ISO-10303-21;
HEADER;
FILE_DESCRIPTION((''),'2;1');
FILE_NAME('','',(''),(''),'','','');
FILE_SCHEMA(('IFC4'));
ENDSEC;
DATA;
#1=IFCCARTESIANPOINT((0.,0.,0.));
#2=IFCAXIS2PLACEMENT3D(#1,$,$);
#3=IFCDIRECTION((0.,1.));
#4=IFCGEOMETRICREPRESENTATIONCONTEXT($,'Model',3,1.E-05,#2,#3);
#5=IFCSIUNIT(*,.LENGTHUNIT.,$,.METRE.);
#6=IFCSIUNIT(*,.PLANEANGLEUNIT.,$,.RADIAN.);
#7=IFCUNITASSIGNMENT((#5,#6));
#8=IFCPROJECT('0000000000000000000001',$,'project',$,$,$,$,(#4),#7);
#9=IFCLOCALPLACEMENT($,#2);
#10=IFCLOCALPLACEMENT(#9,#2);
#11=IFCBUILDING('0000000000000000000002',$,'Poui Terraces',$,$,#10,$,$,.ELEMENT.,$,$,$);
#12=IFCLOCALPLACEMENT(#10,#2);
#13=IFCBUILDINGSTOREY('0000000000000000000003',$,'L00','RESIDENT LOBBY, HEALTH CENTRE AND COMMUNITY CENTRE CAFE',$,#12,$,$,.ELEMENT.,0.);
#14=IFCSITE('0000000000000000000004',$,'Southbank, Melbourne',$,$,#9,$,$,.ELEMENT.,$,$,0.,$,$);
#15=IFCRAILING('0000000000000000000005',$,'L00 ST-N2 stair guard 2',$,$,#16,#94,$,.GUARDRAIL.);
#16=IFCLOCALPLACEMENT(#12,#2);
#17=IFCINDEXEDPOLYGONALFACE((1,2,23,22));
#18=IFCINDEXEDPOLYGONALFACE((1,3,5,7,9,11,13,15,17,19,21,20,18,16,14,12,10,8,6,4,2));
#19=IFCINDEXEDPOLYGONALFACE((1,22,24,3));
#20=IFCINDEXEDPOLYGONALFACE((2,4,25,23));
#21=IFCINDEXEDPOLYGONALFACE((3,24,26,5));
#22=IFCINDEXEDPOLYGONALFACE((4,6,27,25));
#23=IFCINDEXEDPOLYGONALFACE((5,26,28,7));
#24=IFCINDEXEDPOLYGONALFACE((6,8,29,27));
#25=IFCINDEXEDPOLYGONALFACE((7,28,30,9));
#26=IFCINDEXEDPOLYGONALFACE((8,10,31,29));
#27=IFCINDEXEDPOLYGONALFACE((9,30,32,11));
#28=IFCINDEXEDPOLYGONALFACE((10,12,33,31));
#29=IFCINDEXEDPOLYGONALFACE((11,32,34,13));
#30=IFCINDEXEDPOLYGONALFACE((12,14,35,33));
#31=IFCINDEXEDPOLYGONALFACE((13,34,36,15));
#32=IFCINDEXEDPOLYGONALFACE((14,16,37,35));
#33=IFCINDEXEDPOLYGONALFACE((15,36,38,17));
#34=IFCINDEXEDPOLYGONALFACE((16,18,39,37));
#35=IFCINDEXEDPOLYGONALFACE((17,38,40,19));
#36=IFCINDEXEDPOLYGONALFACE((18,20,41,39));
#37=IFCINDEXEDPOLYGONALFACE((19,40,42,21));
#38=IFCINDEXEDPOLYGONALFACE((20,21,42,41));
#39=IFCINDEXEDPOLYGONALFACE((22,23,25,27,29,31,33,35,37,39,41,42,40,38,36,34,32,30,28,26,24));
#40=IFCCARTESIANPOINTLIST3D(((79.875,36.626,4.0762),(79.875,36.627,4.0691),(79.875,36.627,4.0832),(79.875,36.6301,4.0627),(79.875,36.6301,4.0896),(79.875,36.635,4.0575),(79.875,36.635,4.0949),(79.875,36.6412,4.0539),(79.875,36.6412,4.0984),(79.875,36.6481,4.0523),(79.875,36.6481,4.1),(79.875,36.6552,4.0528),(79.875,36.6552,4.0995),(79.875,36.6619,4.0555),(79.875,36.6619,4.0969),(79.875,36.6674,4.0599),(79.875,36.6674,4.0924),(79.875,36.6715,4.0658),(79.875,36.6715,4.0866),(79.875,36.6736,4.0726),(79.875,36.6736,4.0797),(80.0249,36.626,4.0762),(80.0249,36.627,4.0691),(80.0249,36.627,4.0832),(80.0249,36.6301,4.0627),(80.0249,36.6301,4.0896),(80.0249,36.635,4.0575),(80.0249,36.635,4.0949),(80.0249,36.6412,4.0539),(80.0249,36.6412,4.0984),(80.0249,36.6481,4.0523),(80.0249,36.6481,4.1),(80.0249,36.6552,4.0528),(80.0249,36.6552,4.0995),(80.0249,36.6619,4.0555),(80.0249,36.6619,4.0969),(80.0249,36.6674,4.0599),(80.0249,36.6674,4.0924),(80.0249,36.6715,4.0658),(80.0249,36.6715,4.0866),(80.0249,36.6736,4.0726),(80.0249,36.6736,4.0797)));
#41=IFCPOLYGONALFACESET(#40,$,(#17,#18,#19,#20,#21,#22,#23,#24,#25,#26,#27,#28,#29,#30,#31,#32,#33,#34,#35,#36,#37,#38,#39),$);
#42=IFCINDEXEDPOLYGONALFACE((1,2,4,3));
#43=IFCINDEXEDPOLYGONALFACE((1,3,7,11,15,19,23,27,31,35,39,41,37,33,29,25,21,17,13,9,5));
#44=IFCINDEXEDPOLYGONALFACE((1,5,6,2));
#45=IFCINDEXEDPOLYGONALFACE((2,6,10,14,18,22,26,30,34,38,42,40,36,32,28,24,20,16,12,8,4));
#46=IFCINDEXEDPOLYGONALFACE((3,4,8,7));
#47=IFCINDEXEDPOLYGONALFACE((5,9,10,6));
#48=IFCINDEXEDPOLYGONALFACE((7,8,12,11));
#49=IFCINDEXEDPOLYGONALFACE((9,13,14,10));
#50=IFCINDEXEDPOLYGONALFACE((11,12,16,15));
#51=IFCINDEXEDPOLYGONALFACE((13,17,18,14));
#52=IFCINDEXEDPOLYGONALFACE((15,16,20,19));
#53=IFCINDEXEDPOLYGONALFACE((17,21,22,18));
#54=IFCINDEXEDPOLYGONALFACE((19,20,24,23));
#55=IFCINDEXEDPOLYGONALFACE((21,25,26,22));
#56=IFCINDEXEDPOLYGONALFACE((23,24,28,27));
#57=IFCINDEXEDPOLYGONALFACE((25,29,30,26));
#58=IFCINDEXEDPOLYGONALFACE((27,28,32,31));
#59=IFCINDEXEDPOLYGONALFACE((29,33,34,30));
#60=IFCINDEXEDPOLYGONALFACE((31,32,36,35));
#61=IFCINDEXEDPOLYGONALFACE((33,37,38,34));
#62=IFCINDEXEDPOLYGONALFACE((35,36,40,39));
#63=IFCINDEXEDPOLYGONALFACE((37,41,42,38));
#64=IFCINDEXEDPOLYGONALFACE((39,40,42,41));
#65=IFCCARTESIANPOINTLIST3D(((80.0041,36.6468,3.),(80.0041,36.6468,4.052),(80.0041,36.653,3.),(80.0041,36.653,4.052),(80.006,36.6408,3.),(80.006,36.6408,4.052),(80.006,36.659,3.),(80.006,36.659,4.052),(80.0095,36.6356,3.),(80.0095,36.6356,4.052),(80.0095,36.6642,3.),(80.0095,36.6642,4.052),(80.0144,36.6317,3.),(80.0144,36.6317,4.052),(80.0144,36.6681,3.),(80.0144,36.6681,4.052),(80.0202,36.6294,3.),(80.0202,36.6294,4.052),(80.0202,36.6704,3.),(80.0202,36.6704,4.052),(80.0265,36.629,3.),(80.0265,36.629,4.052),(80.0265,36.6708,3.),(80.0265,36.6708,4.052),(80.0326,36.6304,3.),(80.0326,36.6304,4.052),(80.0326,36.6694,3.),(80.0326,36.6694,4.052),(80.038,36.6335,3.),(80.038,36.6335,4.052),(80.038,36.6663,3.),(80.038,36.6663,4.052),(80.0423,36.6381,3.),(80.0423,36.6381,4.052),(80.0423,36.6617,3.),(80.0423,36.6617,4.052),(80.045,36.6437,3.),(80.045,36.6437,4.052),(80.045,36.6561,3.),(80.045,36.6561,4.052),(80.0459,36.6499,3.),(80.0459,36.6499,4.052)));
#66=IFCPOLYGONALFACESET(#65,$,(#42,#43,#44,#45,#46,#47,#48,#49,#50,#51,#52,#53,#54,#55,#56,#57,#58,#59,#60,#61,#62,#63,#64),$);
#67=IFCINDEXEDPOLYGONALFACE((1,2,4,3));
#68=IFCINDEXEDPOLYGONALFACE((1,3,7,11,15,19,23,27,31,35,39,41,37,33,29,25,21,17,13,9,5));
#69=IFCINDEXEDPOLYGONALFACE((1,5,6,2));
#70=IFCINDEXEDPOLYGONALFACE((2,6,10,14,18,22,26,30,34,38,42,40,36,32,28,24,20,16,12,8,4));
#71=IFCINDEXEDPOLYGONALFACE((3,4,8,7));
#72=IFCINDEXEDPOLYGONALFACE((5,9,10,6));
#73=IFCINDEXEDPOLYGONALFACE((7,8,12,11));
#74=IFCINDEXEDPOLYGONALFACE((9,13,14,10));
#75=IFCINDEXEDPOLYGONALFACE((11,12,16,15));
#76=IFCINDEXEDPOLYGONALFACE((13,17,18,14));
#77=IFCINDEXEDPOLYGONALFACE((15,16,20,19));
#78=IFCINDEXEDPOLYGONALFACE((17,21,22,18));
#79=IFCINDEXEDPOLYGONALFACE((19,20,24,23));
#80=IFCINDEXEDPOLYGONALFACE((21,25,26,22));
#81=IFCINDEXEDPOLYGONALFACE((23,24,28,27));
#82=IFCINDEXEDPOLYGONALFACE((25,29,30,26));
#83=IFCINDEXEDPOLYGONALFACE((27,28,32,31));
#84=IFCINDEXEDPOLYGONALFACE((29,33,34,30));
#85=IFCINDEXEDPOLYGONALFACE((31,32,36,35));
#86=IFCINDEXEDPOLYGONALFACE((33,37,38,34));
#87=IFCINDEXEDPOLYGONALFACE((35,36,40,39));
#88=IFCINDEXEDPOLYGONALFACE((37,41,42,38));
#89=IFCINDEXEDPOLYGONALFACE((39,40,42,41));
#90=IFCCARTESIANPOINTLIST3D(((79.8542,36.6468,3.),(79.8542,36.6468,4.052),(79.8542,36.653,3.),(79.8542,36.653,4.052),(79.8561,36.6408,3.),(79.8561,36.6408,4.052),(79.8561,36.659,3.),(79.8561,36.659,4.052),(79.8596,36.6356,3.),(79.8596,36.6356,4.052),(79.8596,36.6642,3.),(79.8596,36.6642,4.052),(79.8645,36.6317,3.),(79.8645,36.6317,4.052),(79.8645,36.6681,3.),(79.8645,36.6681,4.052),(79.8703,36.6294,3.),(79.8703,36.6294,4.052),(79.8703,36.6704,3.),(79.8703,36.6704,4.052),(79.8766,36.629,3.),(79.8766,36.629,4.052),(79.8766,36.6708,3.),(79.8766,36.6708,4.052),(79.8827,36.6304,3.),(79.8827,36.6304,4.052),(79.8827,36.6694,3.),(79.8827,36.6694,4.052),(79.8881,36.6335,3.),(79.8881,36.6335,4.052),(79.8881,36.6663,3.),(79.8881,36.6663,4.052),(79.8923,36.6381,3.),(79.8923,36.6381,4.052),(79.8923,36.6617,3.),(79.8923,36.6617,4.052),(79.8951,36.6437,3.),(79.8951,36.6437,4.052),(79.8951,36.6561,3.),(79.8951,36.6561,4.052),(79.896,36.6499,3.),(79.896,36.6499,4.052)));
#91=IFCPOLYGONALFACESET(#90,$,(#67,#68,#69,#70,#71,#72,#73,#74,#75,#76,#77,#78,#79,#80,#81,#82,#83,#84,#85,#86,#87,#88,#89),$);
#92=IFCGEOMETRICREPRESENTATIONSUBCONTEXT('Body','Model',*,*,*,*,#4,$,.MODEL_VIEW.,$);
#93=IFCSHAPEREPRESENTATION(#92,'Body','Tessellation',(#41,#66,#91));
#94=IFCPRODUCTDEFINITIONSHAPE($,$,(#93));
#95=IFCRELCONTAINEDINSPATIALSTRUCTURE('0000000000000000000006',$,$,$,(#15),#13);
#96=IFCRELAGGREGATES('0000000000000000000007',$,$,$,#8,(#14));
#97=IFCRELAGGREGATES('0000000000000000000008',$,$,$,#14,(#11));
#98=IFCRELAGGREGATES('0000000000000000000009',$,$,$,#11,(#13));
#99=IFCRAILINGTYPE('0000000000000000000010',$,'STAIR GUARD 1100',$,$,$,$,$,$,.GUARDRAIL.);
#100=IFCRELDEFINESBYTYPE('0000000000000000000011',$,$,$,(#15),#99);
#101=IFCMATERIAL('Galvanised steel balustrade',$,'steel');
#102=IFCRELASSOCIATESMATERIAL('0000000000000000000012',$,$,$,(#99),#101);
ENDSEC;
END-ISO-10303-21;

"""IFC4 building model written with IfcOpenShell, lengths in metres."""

from ifc_helpers import new_model, si_unit, direction, frame, origin, origin_2d, place, context, subcontext, project, spatial, circle, extrude, material, type_object, element, save


model = new_model("IFC4")

# Units and contexts
model_context = context("Model", 3, precision=1e-05, world=origin(), true_north=direction((0.0, 1.0)))
body_context = subcontext(model_context, "Body", "Model", "MODEL_VIEW")
ifc_project = project(units=[si_unit("LENGTHUNIT", "METRE"), si_unit("PLANEANGLEUNIT", "RADIAN")], contexts=[model_context])

# Site, building, storey
site_placement = place(None, origin())
site = spatial("IfcSite", under=ifc_project, at=site_placement, Name="Southbank, Melbourne", CompositionType="ELEMENT", RefElevation=0.0)
building_placement = place(site_placement, origin())
building = spatial("IfcBuilding", under=site, at=building_placement, Name="Poui Terraces", CompositionType="ELEMENT")
storey_placement = place(building_placement, origin())
storey = spatial("IfcBuildingStorey", under=building, at=storey_placement, Name="L00", Description="RESIDENT LOBBY, HEALTH CENTRE AND COMMUNITY CENTRE CAFE", CompositionType="ELEMENT", Elevation=0.0)

# Railing
ifc_material_1 = material(Name="Galvanised steel balustrade", Category="steel")
railing_type_1 = type_object("IfcRailingType", Name="STAIR GUARD 1100", PredefinedType="GUARDRAIL", material=ifc_material_1)
railing_1_placement = place(storey_placement, frame((80.0249, 36.6499, 3.0)))
element("IfcRailing", 1, at=railing_1_placement, inside=storey, type_object=railing_type_1, Name="L00 ST-N2 stair guard 2", PredefinedType="GUARDRAIL", context=body_context, shape_type="SweptSolid", body=[
    extrude(circle(Radius=0.0239, at=origin_2d()), frame((0.0, 0.0, 1.0762), z_axis=(-1.0, 0.0, 0.0), x_axis=(0.0, -1.0, 0.0)), (0.0, 0.0, 1.0), 0.1499),
    extrude(circle(Radius=0.021, at=origin_2d()), origin(), (0.0, 0.0, 1.0), 1.052),
    extrude(circle(Radius=0.021, at=origin_2d()), frame((-0.1499, 0.0, 0.0)), (0.0, 0.0, 1.0), 1.052),
])

save(model, "model.ifc")
